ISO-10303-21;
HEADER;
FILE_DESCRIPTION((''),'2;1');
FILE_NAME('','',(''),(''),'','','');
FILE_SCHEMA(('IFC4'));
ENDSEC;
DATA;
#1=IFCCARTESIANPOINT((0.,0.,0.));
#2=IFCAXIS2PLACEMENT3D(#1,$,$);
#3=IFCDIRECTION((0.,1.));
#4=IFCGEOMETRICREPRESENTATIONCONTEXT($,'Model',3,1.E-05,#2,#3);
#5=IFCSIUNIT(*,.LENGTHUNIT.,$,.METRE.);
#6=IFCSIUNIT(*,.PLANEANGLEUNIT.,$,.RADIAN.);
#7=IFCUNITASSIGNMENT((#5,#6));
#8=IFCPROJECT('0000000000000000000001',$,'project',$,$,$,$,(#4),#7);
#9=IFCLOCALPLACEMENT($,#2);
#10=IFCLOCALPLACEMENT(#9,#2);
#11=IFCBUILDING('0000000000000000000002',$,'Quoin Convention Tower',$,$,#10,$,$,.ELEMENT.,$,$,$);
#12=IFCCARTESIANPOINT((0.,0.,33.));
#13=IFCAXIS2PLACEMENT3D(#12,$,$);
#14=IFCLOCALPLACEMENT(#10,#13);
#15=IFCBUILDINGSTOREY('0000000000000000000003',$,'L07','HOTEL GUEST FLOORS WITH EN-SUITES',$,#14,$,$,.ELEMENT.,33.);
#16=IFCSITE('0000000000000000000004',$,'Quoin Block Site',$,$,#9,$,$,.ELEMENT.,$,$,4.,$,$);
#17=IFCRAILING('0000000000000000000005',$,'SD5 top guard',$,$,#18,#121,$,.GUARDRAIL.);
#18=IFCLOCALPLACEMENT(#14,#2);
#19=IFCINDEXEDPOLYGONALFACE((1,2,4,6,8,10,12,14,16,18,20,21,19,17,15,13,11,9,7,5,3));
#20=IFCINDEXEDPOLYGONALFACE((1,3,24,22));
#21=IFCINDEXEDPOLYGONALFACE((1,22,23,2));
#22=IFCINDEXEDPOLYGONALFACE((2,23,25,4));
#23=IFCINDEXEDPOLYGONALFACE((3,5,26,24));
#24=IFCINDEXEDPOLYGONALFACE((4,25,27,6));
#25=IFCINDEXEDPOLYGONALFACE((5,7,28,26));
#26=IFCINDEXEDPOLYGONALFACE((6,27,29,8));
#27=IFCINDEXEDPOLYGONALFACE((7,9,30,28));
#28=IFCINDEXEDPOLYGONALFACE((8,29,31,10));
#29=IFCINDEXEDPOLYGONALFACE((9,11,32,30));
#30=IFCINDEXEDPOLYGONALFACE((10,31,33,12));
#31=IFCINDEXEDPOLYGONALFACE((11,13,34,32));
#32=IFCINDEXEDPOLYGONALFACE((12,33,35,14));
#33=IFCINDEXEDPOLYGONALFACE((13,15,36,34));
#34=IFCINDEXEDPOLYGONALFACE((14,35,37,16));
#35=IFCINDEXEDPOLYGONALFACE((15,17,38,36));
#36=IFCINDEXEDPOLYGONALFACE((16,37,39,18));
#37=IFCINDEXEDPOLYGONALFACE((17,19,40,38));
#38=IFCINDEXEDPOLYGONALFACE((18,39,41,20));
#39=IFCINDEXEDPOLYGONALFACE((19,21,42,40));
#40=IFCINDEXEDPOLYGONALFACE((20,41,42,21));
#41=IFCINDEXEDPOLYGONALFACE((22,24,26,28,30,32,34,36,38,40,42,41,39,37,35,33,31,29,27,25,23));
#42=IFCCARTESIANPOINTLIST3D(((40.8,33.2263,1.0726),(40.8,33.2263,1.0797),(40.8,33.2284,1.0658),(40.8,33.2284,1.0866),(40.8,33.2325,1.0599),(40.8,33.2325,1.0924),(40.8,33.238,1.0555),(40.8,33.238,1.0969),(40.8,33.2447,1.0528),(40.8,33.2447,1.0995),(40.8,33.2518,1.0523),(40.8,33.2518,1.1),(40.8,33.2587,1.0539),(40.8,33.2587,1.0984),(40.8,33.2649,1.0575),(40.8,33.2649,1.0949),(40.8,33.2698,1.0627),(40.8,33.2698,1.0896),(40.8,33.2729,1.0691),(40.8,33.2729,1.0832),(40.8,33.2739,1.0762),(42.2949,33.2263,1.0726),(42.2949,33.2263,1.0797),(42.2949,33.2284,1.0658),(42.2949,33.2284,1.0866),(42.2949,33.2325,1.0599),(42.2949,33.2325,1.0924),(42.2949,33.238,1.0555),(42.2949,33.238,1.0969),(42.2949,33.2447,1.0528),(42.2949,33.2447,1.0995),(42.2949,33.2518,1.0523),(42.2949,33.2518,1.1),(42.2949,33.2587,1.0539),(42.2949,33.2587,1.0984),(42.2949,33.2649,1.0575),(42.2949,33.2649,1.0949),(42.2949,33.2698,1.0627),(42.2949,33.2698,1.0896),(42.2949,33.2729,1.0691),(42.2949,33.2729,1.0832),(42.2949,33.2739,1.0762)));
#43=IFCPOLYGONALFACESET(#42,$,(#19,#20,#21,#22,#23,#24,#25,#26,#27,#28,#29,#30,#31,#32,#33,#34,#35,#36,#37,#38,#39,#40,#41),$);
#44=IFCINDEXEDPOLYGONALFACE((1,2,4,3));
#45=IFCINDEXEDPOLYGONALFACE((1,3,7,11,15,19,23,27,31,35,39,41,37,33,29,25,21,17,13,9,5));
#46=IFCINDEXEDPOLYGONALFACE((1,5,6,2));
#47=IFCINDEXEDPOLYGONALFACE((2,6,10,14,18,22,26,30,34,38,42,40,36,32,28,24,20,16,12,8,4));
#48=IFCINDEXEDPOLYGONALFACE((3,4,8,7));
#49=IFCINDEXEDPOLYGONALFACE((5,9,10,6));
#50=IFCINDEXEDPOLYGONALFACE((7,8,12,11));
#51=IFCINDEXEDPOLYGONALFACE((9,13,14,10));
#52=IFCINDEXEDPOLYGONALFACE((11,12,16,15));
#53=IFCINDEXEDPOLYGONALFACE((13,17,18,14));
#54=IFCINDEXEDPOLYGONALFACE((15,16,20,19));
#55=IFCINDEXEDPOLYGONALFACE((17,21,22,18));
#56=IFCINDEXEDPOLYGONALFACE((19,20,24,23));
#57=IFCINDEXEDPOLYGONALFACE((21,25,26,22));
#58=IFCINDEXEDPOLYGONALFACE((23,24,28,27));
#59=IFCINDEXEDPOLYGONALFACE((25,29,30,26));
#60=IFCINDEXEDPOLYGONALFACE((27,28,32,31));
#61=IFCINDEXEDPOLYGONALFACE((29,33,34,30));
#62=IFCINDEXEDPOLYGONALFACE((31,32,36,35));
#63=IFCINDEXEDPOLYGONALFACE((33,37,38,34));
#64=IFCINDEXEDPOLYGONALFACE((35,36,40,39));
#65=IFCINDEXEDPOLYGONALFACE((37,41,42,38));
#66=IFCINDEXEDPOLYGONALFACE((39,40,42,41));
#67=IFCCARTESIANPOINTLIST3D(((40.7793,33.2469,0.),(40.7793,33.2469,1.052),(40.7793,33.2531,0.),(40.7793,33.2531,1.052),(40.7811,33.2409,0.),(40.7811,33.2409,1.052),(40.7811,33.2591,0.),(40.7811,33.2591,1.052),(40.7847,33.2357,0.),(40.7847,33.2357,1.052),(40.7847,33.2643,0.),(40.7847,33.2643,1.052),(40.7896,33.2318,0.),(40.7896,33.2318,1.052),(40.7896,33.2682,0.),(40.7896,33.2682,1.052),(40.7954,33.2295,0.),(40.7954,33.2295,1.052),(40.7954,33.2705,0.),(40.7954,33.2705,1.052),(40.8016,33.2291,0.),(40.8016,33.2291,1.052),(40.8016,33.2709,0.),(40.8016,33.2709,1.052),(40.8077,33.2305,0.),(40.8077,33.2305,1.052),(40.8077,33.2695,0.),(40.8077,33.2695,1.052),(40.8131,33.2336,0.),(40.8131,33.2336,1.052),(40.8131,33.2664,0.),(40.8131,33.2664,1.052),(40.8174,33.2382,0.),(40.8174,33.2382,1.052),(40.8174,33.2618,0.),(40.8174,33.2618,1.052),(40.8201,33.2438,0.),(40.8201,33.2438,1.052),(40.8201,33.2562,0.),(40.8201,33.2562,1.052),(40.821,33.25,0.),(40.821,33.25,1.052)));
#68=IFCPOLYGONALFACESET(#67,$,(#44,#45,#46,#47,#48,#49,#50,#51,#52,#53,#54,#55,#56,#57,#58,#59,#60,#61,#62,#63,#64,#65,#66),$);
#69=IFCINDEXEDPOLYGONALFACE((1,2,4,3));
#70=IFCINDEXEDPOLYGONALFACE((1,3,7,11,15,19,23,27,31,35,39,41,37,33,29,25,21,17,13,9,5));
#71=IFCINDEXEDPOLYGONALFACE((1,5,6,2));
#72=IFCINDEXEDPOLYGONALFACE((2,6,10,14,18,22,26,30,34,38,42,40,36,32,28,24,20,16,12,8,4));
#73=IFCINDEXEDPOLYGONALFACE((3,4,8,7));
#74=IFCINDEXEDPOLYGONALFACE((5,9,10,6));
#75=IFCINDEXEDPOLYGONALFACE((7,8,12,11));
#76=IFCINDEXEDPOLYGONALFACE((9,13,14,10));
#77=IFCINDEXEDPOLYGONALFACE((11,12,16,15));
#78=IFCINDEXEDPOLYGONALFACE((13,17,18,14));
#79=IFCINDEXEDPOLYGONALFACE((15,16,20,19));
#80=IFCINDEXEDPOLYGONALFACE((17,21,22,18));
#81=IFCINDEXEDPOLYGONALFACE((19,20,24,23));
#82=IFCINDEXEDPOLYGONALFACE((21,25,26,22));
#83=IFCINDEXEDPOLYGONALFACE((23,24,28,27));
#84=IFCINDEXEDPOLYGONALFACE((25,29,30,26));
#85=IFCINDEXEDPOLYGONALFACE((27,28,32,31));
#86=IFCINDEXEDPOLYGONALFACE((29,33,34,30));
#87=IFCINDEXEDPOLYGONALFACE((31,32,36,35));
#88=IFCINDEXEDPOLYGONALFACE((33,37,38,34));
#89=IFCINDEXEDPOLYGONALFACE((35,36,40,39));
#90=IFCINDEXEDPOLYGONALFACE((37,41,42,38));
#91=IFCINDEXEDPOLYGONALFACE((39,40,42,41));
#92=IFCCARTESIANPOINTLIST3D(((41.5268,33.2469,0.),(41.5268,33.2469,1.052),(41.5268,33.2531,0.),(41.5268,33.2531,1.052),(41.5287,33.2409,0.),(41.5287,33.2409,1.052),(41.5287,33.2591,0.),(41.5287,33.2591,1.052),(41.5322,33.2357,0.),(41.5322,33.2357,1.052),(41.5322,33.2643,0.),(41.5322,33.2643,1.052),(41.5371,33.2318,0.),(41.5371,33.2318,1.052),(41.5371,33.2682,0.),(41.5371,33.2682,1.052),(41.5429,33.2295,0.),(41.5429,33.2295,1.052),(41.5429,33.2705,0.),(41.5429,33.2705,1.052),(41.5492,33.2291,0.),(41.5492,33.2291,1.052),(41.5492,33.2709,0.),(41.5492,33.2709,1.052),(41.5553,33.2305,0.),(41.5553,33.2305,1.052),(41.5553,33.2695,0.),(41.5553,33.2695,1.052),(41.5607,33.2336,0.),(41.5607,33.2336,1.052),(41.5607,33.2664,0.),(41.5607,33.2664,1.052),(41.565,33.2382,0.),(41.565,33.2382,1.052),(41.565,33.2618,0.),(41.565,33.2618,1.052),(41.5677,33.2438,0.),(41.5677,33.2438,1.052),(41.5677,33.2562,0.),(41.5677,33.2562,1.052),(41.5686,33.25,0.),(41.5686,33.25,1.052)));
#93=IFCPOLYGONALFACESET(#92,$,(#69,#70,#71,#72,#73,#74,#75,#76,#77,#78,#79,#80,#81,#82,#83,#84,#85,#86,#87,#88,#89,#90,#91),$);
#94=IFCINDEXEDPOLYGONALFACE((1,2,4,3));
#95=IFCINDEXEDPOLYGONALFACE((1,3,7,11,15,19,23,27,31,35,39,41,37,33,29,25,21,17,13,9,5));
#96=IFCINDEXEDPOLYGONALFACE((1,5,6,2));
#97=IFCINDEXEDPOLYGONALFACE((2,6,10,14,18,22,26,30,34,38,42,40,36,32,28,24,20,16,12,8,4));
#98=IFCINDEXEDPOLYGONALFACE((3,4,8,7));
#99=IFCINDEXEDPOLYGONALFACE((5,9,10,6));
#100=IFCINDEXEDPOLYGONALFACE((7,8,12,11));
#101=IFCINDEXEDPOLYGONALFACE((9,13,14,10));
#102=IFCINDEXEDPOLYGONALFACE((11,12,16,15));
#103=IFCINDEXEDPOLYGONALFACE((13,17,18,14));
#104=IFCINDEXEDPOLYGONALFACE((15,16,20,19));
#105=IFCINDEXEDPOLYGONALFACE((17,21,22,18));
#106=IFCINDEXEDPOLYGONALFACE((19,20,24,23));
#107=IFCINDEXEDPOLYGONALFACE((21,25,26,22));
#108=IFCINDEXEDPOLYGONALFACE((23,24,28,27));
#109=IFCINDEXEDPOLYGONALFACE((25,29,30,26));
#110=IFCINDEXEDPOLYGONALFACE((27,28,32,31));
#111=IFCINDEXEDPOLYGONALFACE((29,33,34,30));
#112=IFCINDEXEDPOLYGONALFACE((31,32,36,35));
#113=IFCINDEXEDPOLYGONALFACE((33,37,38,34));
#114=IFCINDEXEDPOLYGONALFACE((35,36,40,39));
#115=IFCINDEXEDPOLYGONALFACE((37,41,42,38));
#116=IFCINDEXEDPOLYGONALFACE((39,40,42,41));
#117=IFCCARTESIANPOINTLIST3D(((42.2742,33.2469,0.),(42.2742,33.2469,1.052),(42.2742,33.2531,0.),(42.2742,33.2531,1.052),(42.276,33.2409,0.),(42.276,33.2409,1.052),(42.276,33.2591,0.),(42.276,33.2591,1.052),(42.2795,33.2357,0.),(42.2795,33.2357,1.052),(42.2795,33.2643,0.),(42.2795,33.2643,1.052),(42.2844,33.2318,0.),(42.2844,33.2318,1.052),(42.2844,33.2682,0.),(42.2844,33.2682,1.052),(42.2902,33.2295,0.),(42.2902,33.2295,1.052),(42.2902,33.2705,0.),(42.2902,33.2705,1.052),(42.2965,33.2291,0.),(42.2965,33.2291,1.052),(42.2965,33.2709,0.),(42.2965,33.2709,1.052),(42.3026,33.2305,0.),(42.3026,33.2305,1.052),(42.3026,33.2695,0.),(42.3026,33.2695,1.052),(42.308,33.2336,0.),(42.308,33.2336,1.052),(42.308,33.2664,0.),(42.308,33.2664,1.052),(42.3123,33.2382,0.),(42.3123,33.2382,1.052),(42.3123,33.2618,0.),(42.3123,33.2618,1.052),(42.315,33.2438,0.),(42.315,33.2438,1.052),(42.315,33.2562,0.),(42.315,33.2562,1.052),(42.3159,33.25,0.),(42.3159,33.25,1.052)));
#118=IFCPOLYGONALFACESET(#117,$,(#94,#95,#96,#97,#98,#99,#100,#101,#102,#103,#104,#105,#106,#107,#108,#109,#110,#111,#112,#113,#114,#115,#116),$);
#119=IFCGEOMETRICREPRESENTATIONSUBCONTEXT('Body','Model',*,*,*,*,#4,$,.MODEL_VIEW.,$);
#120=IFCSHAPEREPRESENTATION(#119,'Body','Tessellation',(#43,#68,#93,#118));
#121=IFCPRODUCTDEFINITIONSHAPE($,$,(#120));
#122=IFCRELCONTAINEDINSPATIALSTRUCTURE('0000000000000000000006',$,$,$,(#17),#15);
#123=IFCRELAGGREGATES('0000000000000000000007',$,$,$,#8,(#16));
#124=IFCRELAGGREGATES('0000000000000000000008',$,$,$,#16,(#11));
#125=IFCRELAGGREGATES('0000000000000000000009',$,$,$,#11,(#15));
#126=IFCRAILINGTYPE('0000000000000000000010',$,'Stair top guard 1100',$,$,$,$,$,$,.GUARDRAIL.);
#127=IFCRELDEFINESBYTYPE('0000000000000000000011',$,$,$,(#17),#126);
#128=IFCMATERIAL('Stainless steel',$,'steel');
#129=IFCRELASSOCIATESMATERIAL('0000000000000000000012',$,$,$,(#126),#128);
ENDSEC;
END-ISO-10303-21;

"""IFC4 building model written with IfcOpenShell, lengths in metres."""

from ifc_helpers import new_model, si_unit, direction, frame, origin, origin_2d, place, context, subcontext, project, spatial, circle, extrude, material, type_object, element, save


model = new_model("IFC4")

# Units and contexts
model_context = context("Model", 3, precision=1e-05, world=origin(), true_north=direction((0.0, 1.0)))
body_context = subcontext(model_context, "Body", "Model", "MODEL_VIEW")
ifc_project = project(units=[si_unit("LENGTHUNIT", "METRE"), si_unit("PLANEANGLEUNIT", "RADIAN")], contexts=[model_context])

# Site, building, storey
site_placement = place(None, origin())
site = spatial("IfcSite", under=ifc_project, at=site_placement, Name="Quoin Block Site", CompositionType="ELEMENT", RefElevation=4.0)
building_placement = place(site_placement, origin())
building = spatial("IfcBuilding", under=site, at=building_placement, Name="Quoin Convention Tower", CompositionType="ELEMENT")
storey_placement = place(building_placement, frame((0.0, 0.0, 33.0)))
storey = spatial("IfcBuildingStorey", under=building, at=storey_placement, Name="L07", Description="HOTEL GUEST FLOORS WITH EN-SUITES", CompositionType="ELEMENT", Elevation=33.0)

# Railing
ifc_material_1 = material(Name="Stainless steel", Category="steel")
railing_type = type_object("IfcRailingType", Name="Stair top guard 1100", PredefinedType="GUARDRAIL", material=ifc_material_1)
railing_placement = place(storey_placement, frame((40.8, 33.25, 0.0)))
element("IfcRailing", 1, at=railing_placement, inside=storey, type_object=railing_type, Name="SD5 top guard", PredefinedType="GUARDRAIL", context=body_context, shape_type="SweptSolid", body=[
    extrude(circle(Radius=0.0239, at=origin_2d()), frame((0.0, 0.0, 1.0762), z_axis=(1.0, 0.0, 0.0), x_axis=(0.0, 1.0, 0.0)), (0.0, 0.0, 1.0), 1.4949),
    extrude(circle(Radius=0.021, at=origin_2d()), origin(), (0.0, 0.0, 1.0), 1.052),
    extrude(circle(Radius=0.021, at=origin_2d()), frame((0.7476, 0.0, 0.0)), (0.0, 0.0, 1.0), 1.052),
    extrude(circle(Radius=0.021, at=origin_2d()), frame((1.4949, 0.0, 0.0)), (0.0, 0.0, 1.0), 1.052),
])

save(model, "model.ifc")
